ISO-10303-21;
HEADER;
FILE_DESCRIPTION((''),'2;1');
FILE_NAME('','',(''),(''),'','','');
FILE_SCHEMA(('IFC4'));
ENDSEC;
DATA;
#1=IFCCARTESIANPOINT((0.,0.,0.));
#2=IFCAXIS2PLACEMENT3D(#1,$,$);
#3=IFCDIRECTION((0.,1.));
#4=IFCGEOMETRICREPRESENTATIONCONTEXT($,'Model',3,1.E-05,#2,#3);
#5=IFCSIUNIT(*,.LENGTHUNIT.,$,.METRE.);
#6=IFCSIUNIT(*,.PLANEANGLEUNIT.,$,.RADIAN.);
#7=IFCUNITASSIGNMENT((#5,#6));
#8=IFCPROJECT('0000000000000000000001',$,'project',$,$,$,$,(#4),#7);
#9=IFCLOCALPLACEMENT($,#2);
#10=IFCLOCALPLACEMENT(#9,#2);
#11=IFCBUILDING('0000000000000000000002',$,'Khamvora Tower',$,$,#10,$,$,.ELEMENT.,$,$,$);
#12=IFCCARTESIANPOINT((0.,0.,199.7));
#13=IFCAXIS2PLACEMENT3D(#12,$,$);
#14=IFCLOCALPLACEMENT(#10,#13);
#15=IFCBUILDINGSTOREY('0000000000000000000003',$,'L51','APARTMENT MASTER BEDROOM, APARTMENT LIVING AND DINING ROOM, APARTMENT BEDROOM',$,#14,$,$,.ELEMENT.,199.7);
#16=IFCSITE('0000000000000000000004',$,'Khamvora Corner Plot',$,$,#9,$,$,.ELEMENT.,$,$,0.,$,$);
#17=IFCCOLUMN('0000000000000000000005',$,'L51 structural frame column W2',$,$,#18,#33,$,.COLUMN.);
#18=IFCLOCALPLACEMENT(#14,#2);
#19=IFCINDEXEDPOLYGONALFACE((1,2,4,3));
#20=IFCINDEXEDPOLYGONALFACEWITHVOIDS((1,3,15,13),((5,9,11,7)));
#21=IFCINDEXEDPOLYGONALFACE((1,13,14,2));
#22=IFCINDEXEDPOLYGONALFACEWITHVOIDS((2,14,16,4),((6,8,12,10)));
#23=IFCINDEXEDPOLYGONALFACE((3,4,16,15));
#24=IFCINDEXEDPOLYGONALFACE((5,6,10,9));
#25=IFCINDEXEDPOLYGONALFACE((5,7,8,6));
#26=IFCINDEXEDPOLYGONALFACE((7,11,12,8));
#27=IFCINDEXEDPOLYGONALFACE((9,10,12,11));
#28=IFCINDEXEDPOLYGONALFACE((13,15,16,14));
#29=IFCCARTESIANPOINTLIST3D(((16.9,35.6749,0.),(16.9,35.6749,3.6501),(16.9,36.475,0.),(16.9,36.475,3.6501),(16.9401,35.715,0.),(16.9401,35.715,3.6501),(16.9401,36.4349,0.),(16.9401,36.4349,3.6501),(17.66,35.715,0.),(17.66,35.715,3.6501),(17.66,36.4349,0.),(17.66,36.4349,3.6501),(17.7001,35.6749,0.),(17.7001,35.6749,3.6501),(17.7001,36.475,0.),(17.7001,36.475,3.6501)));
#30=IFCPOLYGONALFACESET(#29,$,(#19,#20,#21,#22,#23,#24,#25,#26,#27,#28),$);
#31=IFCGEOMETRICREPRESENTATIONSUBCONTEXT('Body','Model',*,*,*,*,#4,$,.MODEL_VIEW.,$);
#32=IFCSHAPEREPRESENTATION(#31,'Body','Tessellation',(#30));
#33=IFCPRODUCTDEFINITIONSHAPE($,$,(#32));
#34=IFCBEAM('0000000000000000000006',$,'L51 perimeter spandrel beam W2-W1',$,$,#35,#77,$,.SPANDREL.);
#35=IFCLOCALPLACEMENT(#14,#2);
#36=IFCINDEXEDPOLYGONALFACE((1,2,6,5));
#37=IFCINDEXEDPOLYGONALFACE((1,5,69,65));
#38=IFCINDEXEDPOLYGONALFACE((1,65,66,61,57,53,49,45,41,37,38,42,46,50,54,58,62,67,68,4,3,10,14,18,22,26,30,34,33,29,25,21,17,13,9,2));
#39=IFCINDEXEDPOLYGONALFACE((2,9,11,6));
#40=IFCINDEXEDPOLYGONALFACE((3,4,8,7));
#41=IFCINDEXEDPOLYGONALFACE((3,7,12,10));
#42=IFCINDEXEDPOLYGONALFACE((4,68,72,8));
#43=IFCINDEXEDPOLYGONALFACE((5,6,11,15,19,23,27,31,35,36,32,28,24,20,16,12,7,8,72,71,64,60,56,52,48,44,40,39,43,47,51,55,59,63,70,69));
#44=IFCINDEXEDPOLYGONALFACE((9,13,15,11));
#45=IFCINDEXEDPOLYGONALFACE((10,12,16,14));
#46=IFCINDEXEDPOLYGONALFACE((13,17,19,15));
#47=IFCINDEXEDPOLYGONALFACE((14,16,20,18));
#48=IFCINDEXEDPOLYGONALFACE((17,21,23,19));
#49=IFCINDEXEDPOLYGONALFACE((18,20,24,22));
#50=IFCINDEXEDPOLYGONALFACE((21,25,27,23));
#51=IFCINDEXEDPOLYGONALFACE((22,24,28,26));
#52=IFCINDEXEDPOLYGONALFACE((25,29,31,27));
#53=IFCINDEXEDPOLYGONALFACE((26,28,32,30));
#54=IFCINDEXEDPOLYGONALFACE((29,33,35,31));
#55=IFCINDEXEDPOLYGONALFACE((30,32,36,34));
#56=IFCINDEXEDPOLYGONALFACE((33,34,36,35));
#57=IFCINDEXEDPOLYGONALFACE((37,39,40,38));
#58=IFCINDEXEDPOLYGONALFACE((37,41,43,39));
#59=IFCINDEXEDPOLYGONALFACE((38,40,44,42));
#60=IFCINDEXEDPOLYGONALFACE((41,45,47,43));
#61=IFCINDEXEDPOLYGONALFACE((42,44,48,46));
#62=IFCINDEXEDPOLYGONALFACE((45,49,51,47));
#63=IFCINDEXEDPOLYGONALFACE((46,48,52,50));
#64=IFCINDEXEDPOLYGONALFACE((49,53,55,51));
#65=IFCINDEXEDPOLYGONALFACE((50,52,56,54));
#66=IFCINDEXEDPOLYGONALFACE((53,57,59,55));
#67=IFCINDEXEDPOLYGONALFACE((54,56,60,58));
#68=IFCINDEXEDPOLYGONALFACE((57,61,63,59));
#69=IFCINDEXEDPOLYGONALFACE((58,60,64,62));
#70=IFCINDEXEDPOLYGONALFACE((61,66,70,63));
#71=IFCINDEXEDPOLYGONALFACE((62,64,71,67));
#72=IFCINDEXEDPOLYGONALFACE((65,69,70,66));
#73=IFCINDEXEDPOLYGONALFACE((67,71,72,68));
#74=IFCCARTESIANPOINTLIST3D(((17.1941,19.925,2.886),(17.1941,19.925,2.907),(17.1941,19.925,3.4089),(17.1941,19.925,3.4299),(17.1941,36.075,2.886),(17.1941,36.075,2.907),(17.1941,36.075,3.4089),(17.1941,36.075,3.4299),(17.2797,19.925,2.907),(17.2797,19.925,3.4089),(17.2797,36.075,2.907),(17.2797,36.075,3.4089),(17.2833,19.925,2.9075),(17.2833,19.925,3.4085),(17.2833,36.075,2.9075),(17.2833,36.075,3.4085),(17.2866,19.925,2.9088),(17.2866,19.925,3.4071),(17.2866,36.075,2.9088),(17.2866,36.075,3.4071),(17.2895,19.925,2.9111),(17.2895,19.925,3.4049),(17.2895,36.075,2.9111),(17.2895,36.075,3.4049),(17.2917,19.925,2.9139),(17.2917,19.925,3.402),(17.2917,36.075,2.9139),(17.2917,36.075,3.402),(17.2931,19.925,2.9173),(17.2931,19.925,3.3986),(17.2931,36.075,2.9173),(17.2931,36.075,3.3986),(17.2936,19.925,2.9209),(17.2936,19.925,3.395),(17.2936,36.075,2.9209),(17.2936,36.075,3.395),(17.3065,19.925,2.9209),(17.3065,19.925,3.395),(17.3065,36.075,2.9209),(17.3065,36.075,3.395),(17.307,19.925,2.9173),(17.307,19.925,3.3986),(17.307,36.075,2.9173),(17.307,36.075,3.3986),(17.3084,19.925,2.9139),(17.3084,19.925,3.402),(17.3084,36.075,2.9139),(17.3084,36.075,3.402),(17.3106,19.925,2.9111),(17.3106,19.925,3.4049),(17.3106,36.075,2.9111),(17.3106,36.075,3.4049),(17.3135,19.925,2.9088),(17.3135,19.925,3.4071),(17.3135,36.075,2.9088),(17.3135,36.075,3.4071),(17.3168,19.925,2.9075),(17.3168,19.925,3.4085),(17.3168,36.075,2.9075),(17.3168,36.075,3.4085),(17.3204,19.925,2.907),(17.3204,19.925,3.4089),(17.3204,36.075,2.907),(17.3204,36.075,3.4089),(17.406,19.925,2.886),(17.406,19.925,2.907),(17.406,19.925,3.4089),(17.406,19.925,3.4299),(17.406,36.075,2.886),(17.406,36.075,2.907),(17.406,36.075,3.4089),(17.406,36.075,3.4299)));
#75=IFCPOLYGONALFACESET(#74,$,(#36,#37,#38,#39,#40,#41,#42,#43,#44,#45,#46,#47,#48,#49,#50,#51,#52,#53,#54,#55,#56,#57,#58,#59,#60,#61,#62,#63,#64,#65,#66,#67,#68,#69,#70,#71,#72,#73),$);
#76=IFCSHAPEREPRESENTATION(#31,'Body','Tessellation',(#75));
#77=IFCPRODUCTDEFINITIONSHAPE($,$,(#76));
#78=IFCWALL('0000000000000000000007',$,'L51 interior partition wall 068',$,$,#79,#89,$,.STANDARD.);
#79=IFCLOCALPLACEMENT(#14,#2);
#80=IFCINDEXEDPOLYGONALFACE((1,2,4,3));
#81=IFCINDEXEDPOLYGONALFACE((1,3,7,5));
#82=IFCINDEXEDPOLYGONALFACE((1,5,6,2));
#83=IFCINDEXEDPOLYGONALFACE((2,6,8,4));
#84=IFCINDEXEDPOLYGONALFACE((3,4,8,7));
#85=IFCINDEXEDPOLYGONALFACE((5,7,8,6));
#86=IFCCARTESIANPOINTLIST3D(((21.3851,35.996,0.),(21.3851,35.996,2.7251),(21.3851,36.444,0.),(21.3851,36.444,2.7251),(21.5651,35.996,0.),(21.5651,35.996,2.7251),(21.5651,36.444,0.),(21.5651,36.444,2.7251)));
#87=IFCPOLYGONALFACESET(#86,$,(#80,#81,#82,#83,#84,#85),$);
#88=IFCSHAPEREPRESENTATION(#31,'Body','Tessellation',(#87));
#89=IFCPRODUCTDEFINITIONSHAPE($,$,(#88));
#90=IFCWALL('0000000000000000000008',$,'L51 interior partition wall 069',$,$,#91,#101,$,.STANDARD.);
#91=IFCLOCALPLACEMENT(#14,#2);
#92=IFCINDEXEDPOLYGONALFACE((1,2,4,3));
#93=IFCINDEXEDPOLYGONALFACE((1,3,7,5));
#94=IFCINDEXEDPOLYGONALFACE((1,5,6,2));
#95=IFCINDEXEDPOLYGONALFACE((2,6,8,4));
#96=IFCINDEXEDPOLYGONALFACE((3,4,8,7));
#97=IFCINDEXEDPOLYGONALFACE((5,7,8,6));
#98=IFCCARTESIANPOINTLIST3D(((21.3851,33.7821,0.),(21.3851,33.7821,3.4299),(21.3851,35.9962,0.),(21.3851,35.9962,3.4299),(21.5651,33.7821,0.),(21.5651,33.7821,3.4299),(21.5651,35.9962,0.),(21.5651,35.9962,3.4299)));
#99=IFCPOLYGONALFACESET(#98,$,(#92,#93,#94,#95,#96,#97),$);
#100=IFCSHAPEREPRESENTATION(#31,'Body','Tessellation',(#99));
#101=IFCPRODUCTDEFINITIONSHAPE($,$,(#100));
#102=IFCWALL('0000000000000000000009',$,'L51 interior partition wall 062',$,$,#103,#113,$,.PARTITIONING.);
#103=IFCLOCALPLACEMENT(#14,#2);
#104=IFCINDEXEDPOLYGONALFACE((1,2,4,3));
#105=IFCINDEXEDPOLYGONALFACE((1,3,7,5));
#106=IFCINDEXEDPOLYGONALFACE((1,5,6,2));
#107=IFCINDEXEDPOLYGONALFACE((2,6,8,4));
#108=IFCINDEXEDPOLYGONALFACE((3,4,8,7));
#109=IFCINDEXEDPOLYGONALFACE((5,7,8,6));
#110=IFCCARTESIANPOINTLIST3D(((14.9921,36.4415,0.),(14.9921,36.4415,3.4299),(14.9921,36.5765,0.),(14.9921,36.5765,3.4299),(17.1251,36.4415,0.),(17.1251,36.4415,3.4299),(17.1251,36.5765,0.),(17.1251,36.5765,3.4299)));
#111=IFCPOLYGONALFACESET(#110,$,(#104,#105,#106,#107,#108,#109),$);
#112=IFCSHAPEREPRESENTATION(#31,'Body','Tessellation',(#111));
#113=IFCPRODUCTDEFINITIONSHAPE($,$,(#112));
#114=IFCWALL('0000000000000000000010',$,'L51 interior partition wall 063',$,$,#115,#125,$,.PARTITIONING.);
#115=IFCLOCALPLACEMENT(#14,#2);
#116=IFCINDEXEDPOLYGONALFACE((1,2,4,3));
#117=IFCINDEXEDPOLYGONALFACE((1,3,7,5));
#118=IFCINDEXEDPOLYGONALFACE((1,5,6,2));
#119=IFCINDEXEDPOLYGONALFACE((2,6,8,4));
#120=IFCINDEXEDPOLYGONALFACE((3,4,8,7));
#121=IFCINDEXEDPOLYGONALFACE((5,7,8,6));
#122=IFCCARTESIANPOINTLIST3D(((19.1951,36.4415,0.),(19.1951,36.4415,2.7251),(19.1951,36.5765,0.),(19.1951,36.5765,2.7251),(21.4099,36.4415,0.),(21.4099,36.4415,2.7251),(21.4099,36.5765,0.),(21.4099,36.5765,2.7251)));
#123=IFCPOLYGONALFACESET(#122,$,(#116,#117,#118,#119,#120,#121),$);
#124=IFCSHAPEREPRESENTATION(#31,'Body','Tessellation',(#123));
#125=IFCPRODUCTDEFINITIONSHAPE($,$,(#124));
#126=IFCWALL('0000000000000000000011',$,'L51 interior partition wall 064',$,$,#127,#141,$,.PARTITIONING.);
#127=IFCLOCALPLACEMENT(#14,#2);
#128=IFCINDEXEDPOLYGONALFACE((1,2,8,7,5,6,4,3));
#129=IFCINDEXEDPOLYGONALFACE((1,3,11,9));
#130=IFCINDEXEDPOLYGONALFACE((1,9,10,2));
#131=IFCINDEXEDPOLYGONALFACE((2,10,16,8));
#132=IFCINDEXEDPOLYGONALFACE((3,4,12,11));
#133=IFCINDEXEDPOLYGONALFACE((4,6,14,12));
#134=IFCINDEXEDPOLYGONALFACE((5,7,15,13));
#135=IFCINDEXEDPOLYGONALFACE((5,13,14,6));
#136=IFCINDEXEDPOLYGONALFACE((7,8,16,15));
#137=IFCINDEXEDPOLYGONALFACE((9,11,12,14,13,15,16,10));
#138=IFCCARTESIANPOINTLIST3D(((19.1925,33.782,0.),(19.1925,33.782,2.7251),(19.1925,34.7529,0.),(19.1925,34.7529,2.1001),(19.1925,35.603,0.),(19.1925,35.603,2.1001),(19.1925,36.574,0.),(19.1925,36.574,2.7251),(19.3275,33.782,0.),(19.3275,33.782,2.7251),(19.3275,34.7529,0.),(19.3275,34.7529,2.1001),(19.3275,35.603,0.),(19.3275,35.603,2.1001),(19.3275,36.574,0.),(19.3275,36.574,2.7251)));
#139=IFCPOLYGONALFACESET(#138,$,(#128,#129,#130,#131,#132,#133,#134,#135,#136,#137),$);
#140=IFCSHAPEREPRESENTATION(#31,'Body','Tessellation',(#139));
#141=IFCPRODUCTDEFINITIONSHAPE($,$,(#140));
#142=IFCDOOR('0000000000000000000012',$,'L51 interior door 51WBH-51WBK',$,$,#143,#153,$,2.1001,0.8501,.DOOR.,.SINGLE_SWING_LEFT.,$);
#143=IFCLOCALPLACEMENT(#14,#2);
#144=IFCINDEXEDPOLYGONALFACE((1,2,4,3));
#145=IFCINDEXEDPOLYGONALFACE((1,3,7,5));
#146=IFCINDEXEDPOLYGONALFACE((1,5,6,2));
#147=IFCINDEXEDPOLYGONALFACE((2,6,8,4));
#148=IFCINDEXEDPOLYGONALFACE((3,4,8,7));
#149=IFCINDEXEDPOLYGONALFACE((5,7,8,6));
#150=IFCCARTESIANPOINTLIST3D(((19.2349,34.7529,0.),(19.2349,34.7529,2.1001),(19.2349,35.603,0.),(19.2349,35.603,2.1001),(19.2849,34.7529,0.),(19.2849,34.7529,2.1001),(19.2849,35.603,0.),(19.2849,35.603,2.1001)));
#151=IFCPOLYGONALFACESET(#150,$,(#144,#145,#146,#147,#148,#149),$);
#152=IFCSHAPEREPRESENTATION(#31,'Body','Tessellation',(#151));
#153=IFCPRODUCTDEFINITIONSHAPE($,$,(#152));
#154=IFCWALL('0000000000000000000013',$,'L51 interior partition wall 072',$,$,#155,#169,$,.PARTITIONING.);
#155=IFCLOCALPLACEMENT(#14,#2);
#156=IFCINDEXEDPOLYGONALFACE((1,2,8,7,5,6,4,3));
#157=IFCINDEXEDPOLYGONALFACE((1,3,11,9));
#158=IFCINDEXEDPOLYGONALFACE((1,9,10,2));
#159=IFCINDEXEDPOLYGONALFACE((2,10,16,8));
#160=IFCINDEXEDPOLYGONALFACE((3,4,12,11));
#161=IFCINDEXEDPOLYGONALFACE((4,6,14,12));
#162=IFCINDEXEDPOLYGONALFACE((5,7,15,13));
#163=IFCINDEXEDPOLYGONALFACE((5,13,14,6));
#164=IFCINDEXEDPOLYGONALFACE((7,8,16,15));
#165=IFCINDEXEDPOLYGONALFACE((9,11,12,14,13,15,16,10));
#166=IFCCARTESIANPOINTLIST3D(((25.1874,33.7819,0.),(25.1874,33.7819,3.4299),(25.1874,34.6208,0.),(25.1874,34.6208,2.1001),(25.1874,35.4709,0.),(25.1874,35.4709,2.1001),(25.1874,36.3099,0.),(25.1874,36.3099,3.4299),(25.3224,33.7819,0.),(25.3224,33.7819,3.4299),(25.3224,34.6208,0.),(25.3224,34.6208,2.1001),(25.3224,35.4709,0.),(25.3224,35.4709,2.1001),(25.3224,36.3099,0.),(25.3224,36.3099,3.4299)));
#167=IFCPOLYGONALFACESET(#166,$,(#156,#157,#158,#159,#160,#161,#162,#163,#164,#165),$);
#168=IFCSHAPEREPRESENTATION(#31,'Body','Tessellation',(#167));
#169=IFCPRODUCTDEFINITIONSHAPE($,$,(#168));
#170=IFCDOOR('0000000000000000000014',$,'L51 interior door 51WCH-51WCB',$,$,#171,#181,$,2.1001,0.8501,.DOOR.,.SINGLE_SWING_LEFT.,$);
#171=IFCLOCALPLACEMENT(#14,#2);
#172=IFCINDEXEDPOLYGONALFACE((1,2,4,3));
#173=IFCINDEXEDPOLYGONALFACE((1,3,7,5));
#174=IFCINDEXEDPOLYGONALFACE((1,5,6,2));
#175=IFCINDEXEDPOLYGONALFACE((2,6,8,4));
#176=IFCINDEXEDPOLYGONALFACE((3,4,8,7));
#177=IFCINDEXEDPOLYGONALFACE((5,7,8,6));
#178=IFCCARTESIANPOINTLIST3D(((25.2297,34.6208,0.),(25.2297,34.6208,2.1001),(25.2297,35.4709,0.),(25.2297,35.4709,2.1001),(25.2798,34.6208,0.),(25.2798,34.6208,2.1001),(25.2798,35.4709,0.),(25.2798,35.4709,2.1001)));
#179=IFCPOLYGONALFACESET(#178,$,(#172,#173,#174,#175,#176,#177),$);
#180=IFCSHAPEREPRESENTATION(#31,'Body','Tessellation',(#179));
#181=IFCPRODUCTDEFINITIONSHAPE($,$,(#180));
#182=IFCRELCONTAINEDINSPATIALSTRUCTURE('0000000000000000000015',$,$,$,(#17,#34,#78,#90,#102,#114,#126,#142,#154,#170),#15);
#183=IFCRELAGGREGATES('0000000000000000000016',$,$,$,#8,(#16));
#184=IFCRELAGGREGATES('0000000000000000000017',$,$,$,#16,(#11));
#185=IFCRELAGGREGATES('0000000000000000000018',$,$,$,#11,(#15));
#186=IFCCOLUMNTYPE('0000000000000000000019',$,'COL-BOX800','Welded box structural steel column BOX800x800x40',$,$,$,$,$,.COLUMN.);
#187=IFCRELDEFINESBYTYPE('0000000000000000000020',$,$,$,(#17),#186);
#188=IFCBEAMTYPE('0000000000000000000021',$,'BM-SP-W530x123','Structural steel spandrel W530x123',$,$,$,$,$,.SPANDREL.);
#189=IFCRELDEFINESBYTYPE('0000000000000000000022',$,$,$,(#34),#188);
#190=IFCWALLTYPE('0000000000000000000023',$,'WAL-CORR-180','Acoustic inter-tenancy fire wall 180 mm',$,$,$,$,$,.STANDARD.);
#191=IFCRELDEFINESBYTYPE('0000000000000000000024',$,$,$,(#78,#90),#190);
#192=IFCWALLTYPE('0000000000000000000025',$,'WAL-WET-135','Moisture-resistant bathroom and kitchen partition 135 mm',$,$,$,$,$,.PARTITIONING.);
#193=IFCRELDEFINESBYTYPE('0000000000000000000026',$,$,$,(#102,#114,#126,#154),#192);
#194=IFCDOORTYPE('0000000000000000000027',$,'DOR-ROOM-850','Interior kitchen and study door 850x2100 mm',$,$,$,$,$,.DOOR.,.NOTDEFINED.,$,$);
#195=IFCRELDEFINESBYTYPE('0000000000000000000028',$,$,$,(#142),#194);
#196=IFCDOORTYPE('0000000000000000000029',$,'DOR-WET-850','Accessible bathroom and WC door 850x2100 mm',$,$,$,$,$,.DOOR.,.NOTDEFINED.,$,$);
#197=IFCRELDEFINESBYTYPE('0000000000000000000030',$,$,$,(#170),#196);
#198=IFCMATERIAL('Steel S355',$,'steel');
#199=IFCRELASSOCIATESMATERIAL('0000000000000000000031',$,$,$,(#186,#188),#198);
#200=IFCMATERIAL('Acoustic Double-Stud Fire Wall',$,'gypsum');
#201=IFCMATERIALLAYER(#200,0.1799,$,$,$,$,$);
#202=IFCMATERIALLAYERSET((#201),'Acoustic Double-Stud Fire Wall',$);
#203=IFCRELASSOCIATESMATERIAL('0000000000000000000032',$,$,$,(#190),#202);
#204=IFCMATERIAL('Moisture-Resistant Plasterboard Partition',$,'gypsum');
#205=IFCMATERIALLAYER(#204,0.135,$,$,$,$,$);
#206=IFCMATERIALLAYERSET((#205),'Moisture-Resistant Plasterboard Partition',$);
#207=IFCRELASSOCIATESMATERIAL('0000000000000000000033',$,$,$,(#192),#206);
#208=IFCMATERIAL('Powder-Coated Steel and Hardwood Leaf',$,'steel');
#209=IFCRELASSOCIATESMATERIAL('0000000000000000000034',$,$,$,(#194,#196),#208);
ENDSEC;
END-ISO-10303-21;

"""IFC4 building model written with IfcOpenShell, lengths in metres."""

from ifc_helpers import new_model, si_unit, direction, frame, frame_2d, origin, origin_2d, place, context, subcontext, project, spatial, rectangle, hollow_rectangle, i_section, extrude, material, layer, layer_set, material_profile, profile_set, type_object, element, fill, save


model = new_model("IFC4")

# Units and contexts
model_context = context("Model", 3, precision=1e-05, world=origin(), true_north=direction((0.0, 1.0)))
body_context = subcontext(model_context, "Body", "Model", "MODEL_VIEW")
ifc_project = project(units=[si_unit("LENGTHUNIT", "METRE"), si_unit("PLANEANGLEUNIT", "RADIAN")], contexts=[model_context])

# Site, building, storey
site_placement = place(None, origin())
site = spatial("IfcSite", under=ifc_project, at=site_placement, Name="Khamvora Corner Plot", CompositionType="ELEMENT", RefElevation=0.0)
building_placement = place(site_placement, origin())
building = spatial("IfcBuilding", under=site, at=building_placement, Name="Khamvora Tower", CompositionType="ELEMENT")
storey_placement = place(building_placement, frame((0.0, 0.0, 199.7)))
storey = spatial("IfcBuildingStorey", under=building, at=storey_placement, Name="L51", Description="APARTMENT MASTER BEDROOM, APARTMENT LIVING AND DINING ROOM, APARTMENT BEDROOM", CompositionType="ELEMENT", Elevation=199.7)

# Column
ifc_material_1 = material(Name="Steel S355", Category="steel")
ifc_material_profile_1 = material_profile(ifc_material_1, hollow_rectangle(XDim=0.8, YDim=0.8, WallThickness=0.04, at=origin_2d()), Name="BOX800x800x40")
ifc_profile_set_1 = profile_set([ifc_material_profile_1], Name="Steel S355")
column_type = type_object("IfcColumnType", Name="COL-BOX800", Description="Welded box structural steel column BOX800x800x40", PredefinedType="COLUMN", material=ifc_profile_set_1)
column_placement = place(storey_placement, frame((17.3, 36.075, 0.0), z_axis=(0.0, 0.0, 1.0), x_axis=(1.0, 0.0, 0.0)))
element("IfcColumn", 1, at=column_placement, inside=storey, type_object=column_type, Name="L51 structural frame column W2", PredefinedType="COLUMN", context=body_context, shape_type="SweptSolid", body=[
    extrude(hollow_rectangle(XDim=0.8, YDim=0.8, WallThickness=0.04, at=origin_2d()), origin(), (0.0, 0.0, 1.0), 3.6501),
])

# Beam
ifc_material_profile_2 = material_profile(ifc_material_1, i_section(OverallWidth=0.2119, OverallDepth=0.5439, WebThickness=0.0129, FlangeThickness=0.021, FilletRadius=0.0139, at=origin_2d()), Name="W530x123")
ifc_profile_set_2 = profile_set([ifc_material_profile_2], Name="Steel S355")
beam_type = type_object("IfcBeamType", Name="BM-SP-W530x123", Description="Structural steel spandrel W530x123", PredefinedType="SPANDREL", material=ifc_profile_set_2)
beam_placement = place(storey_placement, frame((17.3, 36.075, 3.158), z_axis=(0.0, -1.0, 0.0), x_axis=(1.0, 0.0, 0.0)))
element("IfcBeam", 2, at=beam_placement, inside=storey, type_object=beam_type, Name="L51 perimeter spandrel beam W2-W1", PredefinedType="SPANDREL", context=body_context, shape_type="SweptSolid", body=[
    extrude(i_section(OverallWidth=0.2119, OverallDepth=0.5439, WebThickness=0.0129, FlangeThickness=0.021, FilletRadius=0.0139, at=origin_2d()), origin(), (0.0, 0.0, 1.0), 16.1499),
])

# Walls
ifc_material_2 = material(Name="Acoustic Double-Stud Fire Wall", Category="gypsum")
ifc_layer_1 = layer(ifc_material_2, 0.1799)
ifc_layer_set_1 = layer_set([ifc_layer_1], Name="Acoustic Double-Stud Fire Wall")
wall_type_1 = type_object("IfcWallType", Name="WAL-CORR-180", Description="Acoustic inter-tenancy fire wall 180 mm", PredefinedType="STANDARD", material=ifc_layer_set_1)
wall_1_placement = place(storey_placement, frame((21.4751, 36.4441, 0.0), z_axis=(0.0, 0.0, 1.0), x_axis=(0.0, -1.0, 0.0)))
element("IfcWall", 3, at=wall_1_placement, inside=storey, type_object=wall_type_1, Name="L51 interior partition wall 068", PredefinedType="STANDARD", context=body_context, shape_type="SweptSolid", body=[
    extrude(rectangle(XDim=0.448, YDim=0.1799, at=frame_2d((0.2241, 0.0))), origin(), (0.0, 0.0, 1.0), 2.7251),
])
wall_2_placement = place(storey_placement, frame((21.4751, 35.9961, 0.0), z_axis=(0.0, 0.0, 1.0), x_axis=(0.0, -1.0, 0.0)))
element("IfcWall", 4, at=wall_2_placement, inside=storey, type_object=wall_type_1, Name="L51 interior partition wall 069", PredefinedType="STANDARD", context=body_context, shape_type="SweptSolid", body=[
    extrude(rectangle(XDim=2.2141, YDim=0.1799, at=frame_2d((1.1069, 0.0))), origin(), (0.0, 0.0, 1.0), 3.4299),
])
ifc_material_3 = material(Name="Moisture-Resistant Plasterboard Partition", Category="gypsum")
ifc_layer_2 = layer(ifc_material_3, 0.135)
ifc_layer_set_2 = layer_set([ifc_layer_2], Name="Moisture-Resistant Plasterboard Partition")
wall_type_2 = type_object("IfcWallType", Name="WAL-WET-135", Description="Moisture-resistant bathroom and kitchen partition 135 mm", PredefinedType="PARTITIONING", material=ifc_layer_set_2)
wall_3_placement = place(storey_placement, frame((17.125, 36.509, 0.0), z_axis=(0.0, 0.0, 1.0), x_axis=(-1.0, 0.0, 0.0)))
element("IfcWall", 5, at=wall_3_placement, inside=storey, type_object=wall_type_2, Name="L51 interior partition wall 062", PredefinedType="PARTITIONING", context=body_context, shape_type="SweptSolid", body=[
    extrude(rectangle(XDim=2.1331, YDim=0.135, at=frame_2d((1.0664, 0.0))), origin(), (0.0, 0.0, 1.0), 3.4299),
])
wall_4_placement = place(storey_placement, frame((21.4099, 36.509, 0.0), z_axis=(0.0, 0.0, 1.0), x_axis=(-1.0, 0.0, 0.0)))
element("IfcWall", 6, at=wall_4_placement, inside=storey, type_object=wall_type_2, Name="L51 interior partition wall 063", PredefinedType="PARTITIONING", context=body_context, shape_type="SweptSolid", body=[
    extrude(rectangle(XDim=2.2148, YDim=0.135, at=frame_2d((1.1074, 0.0))), origin(), (0.0, 0.0, 1.0), 2.7251),
])

# Walls, openings, doors
wall_5_placement = place(storey_placement, frame((19.26, 36.574, 0.0), z_axis=(0.0, 0.0, 1.0), x_axis=(0.0, -1.0, 0.0)))
wall_5 = element("IfcWall", 7, at=wall_5_placement, inside=storey, type_object=wall_type_2, Name="L51 interior partition wall 064", PredefinedType="PARTITIONING", context=body_context, shape_type="SweptSolid", body=[
    extrude(rectangle(XDim=2.792, YDim=0.135, at=frame_2d((1.396, 0.0))), origin(), (0.0, 0.0, 1.0), 2.7251),
])
opening_1_placement = place(wall_5_placement, frame((0.9709, 0.0, 0.0)))
opening_1 = element("IfcOpeningElement", 8, at=opening_1_placement, cuts=wall_5, PredefinedType="OPENING", context=body_context, shape_type="SweptSolid", body=[
    extrude(rectangle(XDim=0.8501, YDim=2.1001, at=frame_2d((0.425, 1.05))), frame((0.0, 0.0774, 0.0), z_axis=(0.0, -1.0, 0.0), x_axis=(1.0, 0.0, 0.0)), (0.0, 0.0, 1.0), 0.155),
])
ifc_material_4 = material(Name="Powder-Coated Steel and Hardwood Leaf", Category="steel")
door_type_1 = type_object("IfcDoorType", Name="DOR-ROOM-850", Description="Interior kitchen and study door 850x2100 mm", OperationType="NOTDEFINED", PredefinedType="DOOR", material=ifc_material_4)
door_1_placement = place(opening_1_placement, origin())
door_1 = element("IfcDoor", 9, at=door_1_placement, inside=storey, type_object=door_type_1, Name="L51 interior door 51WBH-51WBK", OperationType="SINGLE_SWING_LEFT", OverallHeight=2.1001, OverallWidth=0.8501, PredefinedType="DOOR", context=body_context, shape_type="SweptSolid", body=[
    extrude(rectangle(XDim=0.8501, YDim=2.1001, at=frame_2d((0.425, 1.05))), frame((0.0, 0.0249, 0.0), z_axis=(0.0, -1.0, 0.0), x_axis=(1.0, 0.0, 0.0)), (0.0, 0.0, 1.0), 0.05),
])
fill(opening_1, door_1)
wall_6_placement = place(storey_placement, frame((25.2549, 36.3101, 0.0), z_axis=(0.0, 0.0, 1.0), x_axis=(0.0, -1.0, 0.0)))
wall_6 = element("IfcWall", 10, at=wall_6_placement, inside=storey, type_object=wall_type_2, Name="L51 interior partition wall 072", PredefinedType="PARTITIONING", context=body_context, shape_type="SweptSolid", body=[
    extrude(rectangle(XDim=2.5281, YDim=0.135, at=frame_2d((1.2642, 0.0))), origin(), (0.0, 0.0, 1.0), 3.4299),
])
opening_2_placement = place(wall_6_placement, frame((0.8391, 0.0, 0.0)))
opening_2 = element("IfcOpeningElement", 11, at=opening_2_placement, cuts=wall_6, PredefinedType="OPENING", context=body_context, shape_type="SweptSolid", body=[
    extrude(rectangle(XDim=0.8501, YDim=2.1001, at=frame_2d((0.425, 1.05))), frame((0.0, 0.0774, 0.0), z_axis=(0.0, -1.0, 0.0), x_axis=(1.0, 0.0, 0.0)), (0.0, 0.0, 1.0), 0.155),
])
door_type_2 = type_object("IfcDoorType", Name="DOR-WET-850", Description="Accessible bathroom and WC door 850x2100 mm", OperationType="NOTDEFINED", PredefinedType="DOOR", material=ifc_material_4)
door_2_placement = place(opening_2_placement, origin())
door_2 = element("IfcDoor", 12, at=door_2_placement, inside=storey, type_object=door_type_2, Name="L51 interior door 51WCH-51WCB", OperationType="SINGLE_SWING_LEFT", OverallHeight=2.1001, OverallWidth=0.8501, PredefinedType="DOOR", context=body_context, shape_type="SweptSolid", body=[
    extrude(rectangle(XDim=0.8501, YDim=2.1001, at=frame_2d((0.425, 1.05))), frame((0.0, 0.0249, 0.0), z_axis=(0.0, -1.0, 0.0), x_axis=(1.0, 0.0, 0.0)), (0.0, 0.0, 1.0), 0.05),
])
fill(opening_2, door_2)

save(model, "model.ifc")
